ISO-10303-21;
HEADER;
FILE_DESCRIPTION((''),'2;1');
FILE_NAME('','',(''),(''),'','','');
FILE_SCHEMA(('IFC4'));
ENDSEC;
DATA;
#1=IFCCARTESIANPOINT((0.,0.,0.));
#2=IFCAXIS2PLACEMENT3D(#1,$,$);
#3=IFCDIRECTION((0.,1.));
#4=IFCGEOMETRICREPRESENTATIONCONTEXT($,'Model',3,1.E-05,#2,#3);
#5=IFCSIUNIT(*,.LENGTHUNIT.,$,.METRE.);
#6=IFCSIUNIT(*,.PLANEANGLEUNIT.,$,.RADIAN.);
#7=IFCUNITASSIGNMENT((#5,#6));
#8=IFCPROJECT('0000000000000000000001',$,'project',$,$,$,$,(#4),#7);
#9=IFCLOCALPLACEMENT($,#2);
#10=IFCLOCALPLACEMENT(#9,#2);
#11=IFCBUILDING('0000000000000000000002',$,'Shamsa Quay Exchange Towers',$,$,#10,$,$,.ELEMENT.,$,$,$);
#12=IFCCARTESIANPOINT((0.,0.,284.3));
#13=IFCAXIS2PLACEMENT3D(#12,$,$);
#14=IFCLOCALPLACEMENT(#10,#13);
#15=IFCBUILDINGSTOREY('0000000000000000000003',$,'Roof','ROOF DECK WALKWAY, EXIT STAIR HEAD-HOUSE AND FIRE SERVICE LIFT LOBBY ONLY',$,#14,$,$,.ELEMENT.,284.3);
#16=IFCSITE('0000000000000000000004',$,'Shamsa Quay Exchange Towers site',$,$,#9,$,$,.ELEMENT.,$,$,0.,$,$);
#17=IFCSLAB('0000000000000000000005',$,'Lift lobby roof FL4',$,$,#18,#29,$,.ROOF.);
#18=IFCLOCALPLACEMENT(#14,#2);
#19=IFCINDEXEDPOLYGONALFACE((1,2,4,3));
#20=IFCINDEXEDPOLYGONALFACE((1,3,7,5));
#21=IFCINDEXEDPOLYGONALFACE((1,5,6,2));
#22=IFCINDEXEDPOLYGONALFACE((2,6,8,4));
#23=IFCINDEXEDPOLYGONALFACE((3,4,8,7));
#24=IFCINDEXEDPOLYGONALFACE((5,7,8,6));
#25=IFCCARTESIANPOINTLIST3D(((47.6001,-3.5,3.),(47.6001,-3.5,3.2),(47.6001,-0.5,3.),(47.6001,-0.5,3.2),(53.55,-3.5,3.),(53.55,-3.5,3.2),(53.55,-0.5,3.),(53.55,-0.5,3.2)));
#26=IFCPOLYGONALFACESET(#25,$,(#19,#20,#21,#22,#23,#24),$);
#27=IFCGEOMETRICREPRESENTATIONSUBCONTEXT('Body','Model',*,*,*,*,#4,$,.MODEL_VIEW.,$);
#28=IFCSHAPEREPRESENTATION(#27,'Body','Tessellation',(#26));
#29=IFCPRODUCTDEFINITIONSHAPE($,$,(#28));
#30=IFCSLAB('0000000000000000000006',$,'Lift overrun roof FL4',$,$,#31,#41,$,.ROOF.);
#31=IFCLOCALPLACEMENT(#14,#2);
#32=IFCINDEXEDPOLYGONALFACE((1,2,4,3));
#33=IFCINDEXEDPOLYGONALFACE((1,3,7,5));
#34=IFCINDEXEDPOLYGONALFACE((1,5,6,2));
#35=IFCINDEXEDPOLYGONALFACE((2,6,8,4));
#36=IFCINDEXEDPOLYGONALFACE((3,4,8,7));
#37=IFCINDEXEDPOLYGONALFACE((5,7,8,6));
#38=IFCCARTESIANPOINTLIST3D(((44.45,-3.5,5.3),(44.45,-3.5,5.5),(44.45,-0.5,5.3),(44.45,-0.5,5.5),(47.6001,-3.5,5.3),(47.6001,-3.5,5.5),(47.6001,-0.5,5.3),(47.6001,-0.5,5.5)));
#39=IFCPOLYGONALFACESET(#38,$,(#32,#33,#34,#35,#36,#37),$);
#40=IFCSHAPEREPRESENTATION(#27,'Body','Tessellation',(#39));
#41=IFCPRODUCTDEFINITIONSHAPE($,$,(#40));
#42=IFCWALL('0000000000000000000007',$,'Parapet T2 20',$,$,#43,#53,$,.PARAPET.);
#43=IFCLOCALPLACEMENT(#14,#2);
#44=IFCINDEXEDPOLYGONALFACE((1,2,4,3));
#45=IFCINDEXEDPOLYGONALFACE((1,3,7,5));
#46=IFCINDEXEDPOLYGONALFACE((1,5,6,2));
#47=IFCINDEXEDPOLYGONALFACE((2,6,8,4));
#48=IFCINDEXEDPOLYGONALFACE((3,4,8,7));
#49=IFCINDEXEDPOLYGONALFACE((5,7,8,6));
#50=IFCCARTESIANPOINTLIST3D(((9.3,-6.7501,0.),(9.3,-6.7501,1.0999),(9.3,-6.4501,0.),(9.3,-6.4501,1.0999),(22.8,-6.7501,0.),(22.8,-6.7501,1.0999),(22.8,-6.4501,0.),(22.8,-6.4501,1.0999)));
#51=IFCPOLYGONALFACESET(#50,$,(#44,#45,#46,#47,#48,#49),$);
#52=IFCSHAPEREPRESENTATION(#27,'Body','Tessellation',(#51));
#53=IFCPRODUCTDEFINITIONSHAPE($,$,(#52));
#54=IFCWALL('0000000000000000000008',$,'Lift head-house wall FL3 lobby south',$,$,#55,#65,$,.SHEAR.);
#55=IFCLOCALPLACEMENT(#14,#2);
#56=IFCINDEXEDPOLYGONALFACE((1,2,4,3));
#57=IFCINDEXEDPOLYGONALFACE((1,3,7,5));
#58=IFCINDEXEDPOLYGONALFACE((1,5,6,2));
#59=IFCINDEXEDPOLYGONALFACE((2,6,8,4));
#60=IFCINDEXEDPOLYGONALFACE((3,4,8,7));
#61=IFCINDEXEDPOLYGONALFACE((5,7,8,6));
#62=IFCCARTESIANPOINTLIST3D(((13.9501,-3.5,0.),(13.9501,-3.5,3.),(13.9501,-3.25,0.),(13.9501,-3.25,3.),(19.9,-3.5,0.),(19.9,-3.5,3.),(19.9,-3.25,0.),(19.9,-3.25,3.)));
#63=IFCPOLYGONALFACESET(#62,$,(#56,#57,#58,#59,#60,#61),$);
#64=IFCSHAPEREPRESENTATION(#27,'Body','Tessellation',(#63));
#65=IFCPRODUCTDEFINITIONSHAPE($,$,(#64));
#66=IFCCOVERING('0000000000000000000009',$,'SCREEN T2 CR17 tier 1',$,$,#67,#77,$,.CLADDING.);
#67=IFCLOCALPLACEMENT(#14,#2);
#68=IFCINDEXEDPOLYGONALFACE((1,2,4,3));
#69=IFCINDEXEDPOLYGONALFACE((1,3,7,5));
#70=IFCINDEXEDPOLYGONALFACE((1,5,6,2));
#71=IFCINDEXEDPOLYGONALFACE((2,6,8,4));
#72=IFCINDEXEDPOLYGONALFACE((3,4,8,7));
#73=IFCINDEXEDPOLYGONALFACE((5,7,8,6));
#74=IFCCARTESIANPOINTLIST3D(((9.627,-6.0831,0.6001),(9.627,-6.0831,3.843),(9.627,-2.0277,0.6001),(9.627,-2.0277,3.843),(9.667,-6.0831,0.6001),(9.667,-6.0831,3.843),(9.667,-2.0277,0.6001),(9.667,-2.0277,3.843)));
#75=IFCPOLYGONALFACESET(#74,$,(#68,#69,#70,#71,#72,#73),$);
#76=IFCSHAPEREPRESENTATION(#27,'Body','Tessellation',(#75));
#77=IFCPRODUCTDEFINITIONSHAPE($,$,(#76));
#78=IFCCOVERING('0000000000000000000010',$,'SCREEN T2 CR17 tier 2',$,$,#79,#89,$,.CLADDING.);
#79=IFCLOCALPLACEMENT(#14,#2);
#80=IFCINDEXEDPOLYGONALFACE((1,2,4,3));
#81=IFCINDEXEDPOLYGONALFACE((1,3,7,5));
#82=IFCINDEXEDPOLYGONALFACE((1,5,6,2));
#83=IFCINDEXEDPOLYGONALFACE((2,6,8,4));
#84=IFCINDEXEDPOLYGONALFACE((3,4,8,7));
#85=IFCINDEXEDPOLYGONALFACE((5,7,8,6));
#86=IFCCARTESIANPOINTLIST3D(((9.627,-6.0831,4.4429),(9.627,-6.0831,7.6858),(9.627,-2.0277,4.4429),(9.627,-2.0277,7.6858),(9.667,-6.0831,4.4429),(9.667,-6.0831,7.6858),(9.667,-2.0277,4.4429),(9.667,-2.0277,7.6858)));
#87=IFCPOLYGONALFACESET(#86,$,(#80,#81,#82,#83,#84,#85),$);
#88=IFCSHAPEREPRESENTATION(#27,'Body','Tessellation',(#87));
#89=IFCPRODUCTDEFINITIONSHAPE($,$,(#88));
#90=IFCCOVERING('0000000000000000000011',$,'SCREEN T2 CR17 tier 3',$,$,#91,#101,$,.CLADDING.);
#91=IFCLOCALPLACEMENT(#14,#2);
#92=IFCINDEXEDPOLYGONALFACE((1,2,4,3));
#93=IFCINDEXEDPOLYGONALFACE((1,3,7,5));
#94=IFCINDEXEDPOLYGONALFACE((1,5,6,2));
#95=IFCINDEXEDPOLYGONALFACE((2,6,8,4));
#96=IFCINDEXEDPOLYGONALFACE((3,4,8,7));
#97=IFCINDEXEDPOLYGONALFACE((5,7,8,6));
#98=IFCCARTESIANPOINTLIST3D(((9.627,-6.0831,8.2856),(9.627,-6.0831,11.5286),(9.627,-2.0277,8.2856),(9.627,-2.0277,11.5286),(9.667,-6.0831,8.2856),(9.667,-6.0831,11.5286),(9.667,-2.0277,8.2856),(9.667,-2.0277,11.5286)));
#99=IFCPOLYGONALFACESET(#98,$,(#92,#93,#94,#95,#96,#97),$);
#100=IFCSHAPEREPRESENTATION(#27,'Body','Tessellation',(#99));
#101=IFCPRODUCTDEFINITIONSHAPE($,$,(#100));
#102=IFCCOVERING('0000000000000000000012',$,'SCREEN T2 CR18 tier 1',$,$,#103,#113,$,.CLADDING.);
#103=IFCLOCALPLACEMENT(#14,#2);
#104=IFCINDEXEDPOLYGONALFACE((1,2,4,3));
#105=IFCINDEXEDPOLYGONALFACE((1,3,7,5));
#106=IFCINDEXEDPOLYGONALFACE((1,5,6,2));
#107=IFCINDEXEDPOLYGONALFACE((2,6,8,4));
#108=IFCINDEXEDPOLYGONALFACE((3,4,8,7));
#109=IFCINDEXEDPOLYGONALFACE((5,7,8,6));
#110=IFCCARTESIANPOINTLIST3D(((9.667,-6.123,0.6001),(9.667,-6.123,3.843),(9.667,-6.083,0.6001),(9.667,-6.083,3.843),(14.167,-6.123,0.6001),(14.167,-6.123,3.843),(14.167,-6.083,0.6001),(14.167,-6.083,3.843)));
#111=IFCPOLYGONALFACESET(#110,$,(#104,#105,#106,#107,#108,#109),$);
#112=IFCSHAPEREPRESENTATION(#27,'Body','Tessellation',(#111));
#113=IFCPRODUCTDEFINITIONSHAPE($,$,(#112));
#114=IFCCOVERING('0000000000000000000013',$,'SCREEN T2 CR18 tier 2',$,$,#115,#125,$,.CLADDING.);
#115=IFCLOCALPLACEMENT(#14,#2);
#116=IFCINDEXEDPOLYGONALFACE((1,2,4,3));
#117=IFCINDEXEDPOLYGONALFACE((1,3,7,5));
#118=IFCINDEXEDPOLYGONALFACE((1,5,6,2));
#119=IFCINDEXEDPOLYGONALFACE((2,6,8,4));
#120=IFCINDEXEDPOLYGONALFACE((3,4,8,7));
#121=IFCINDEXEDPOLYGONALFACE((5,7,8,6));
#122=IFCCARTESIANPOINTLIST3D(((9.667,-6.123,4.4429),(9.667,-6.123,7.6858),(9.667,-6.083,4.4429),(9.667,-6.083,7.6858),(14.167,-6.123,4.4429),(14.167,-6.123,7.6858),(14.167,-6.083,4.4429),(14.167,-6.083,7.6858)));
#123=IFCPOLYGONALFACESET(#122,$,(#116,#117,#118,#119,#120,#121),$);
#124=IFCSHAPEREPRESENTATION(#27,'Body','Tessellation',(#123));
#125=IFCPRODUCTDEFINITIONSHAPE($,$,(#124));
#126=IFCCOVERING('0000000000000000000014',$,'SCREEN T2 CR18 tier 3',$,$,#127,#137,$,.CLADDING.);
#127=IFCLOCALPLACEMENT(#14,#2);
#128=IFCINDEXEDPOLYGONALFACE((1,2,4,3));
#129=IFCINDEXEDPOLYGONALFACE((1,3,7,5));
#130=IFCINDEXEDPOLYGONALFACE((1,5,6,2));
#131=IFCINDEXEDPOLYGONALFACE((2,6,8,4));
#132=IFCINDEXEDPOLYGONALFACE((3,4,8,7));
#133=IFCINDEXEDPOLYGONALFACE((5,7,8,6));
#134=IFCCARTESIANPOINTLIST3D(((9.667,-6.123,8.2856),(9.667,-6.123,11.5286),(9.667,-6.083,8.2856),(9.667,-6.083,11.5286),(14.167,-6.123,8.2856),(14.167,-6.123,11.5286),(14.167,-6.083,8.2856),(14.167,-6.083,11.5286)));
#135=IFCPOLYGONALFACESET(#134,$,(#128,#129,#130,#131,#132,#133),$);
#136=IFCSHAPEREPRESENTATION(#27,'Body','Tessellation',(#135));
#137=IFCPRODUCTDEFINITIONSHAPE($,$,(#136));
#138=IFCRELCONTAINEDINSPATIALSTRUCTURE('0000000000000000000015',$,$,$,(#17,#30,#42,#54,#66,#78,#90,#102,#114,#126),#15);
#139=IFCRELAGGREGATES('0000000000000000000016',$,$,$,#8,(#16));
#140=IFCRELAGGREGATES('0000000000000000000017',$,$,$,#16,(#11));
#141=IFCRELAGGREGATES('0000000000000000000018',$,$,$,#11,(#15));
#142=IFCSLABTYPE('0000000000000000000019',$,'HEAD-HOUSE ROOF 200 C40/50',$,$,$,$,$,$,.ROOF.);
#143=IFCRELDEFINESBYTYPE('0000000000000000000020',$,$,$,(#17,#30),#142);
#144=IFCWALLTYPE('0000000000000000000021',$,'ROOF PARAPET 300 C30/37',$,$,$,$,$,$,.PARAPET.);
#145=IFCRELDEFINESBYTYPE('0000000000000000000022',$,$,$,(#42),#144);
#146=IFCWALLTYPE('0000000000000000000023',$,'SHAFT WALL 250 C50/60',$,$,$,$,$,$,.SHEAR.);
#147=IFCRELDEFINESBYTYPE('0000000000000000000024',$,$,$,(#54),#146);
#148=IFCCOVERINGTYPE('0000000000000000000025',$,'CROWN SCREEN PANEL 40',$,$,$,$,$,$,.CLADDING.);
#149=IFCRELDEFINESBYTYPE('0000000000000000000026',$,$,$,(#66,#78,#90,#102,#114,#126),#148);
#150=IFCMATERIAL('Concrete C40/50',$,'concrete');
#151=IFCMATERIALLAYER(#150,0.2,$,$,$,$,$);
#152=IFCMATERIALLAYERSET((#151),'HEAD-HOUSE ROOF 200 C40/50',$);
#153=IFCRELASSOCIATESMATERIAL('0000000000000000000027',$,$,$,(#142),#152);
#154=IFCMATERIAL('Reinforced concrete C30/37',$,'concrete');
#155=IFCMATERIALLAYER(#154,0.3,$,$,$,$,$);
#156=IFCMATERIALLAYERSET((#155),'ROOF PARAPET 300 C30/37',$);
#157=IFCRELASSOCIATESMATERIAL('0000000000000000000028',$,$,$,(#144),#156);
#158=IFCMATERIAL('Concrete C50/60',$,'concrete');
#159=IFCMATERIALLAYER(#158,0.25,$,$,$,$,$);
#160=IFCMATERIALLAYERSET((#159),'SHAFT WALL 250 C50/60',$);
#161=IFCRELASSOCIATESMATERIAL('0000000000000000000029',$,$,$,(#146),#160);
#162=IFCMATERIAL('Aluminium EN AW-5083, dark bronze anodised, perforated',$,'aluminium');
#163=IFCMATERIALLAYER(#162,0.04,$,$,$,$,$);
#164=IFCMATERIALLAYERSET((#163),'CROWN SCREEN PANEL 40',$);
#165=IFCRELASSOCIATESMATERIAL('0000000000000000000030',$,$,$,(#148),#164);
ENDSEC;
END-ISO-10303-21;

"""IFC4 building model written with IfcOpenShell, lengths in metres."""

from ifc_helpers import new_model, si_unit, direction, frame, frame_2d, origin, origin_2d, place, context, subcontext, project, spatial, polyline, rectangle, outline, extrude, material, layer, layer_set, type_object, element, save


model = new_model("IFC4")

# Units and contexts
model_context = context("Model", 3, precision=1e-05, world=origin(), true_north=direction((0.0, 1.0)))
body_context = subcontext(model_context, "Body", "Model", "MODEL_VIEW")
ifc_project = project(units=[si_unit("LENGTHUNIT", "METRE"), si_unit("PLANEANGLEUNIT", "RADIAN")], contexts=[model_context])

# Site, building, storey
site_placement = place(None, origin())
site = spatial("IfcSite", under=ifc_project, at=site_placement, Name="Shamsa Quay Exchange Towers site", CompositionType="ELEMENT", RefElevation=0.0)
building_placement = place(site_placement, origin())
building = spatial("IfcBuilding", under=site, at=building_placement, Name="Shamsa Quay Exchange Towers", CompositionType="ELEMENT")
storey_placement = place(building_placement, frame((0.0, 0.0, 284.3)))
storey = spatial("IfcBuildingStorey", under=building, at=storey_placement, Name="Roof", Description="ROOF DECK WALKWAY, EXIT STAIR HEAD-HOUSE AND FIRE SERVICE LIFT LOBBY ONLY", CompositionType="ELEMENT", Elevation=284.3)

# Slabs
ifc_material_1 = material(Name="Concrete C40/50", Category="concrete")
ifc_layer_1 = layer(ifc_material_1, 0.2)
ifc_layer_set_1 = layer_set([ifc_layer_1], Name="HEAD-HOUSE ROOF 200 C40/50")
slab_type = type_object("IfcSlabType", Name="HEAD-HOUSE ROOF 200 C40/50", PredefinedType="ROOF", material=ifc_layer_set_1)
slab_1_placement = place(storey_placement, frame((0.0, 0.0, 3.0)))
element("IfcSlab", 1, at=slab_1_placement, inside=storey, type_object=slab_type, Name="Lift lobby roof FL4", PredefinedType="ROOF", context=body_context, shape_type="SweptSolid", body=[
    extrude(outline(polyline([(53.55, -3.5), (53.55, -0.5), (47.6001, -0.5), (47.6001, -3.5), (53.55, -3.5)])), origin(), (0.0, 0.0, 1.0), 0.2),
])
slab_2_placement = place(storey_placement, frame((0.0, 0.0, 5.3)))
element("IfcSlab", 2, at=slab_2_placement, inside=storey, type_object=slab_type, Name="Lift overrun roof FL4", PredefinedType="ROOF", context=body_context, shape_type="SweptSolid", body=[
    extrude(outline(polyline([(47.6001, -3.5), (47.6001, -0.5), (44.45, -0.5), (44.45, -3.5), (47.6001, -3.5)])), origin(), (0.0, 0.0, 1.0), 0.2),
])

# Walls
ifc_material_2 = material(Name="Reinforced concrete C30/37", Category="concrete")
ifc_layer_2 = layer(ifc_material_2, 0.3)
ifc_layer_set_2 = layer_set([ifc_layer_2], Name="ROOF PARAPET 300 C30/37")
wall_type_1 = type_object("IfcWallType", Name="ROOF PARAPET 300 C30/37", PredefinedType="PARAPET", material=ifc_layer_set_2)
wall_1_placement = place(storey_placement, frame((9.3, -6.6001, 0.0)))
element("IfcWall", 3, at=wall_1_placement, inside=storey, type_object=wall_type_1, Name="Parapet T2 20", PredefinedType="PARAPET", context=body_context, shape_type="SweptSolid", body=[
    extrude(rectangle(XDim=13.5, YDim=0.3, at=frame_2d((6.75, 0.0))), origin(), (0.0, 0.0, 1.0), 1.0999),
])
ifc_material_3 = material(Name="Concrete C50/60", Category="concrete")
ifc_layer_3 = layer(ifc_material_3, 0.25)
ifc_layer_set_3 = layer_set([ifc_layer_3], Name="SHAFT WALL 250 C50/60")
wall_type_2 = type_object("IfcWallType", Name="SHAFT WALL 250 C50/60", PredefinedType="SHEAR", material=ifc_layer_set_3)
wall_2_placement = place(storey_placement, frame((13.95, -3.375, 0.0)))
element("IfcWall", 4, at=wall_2_placement, inside=storey, type_object=wall_type_2, Name="Lift head-house wall FL3 lobby south", PredefinedType="SHEAR", context=body_context, shape_type="SweptSolid", body=[
    extrude(rectangle(XDim=5.95, YDim=0.25, at=frame_2d((2.9751, 0.0))), origin(), (0.0, 0.0, 1.0), 3.0),
])

# Coverings
ifc_material_4 = material(Name="Aluminium EN AW-5083, dark bronze anodised, perforated", Category="aluminium")
ifc_layer_4 = layer(ifc_material_4, 0.04)
ifc_layer_set_4 = layer_set([ifc_layer_4], Name="CROWN SCREEN PANEL 40")
covering_type = type_object("IfcCoveringType", Name="CROWN SCREEN PANEL 40", PredefinedType="CLADDING", material=ifc_layer_set_4)
for number, where, z_axis, x_axis, name in (
    (5, (9.647, -4.0554, 0.6001), (0.0, 0.0, 1.0), (0.0, -1.0, 0.0), "SCREEN T2 CR17 tier 1"),
    (6, (9.647, -4.0554, 4.4429), (0.0, 0.0, 1.0), (0.0, -1.0, 0.0), "SCREEN T2 CR17 tier 2"),
    (7, (9.647, -4.0554, 8.2856), (0.0, 0.0, 1.0), (0.0, -1.0, 0.0), "SCREEN T2 CR17 tier 3"),
):
    element("IfcCovering", number, at=place(storey_placement, frame(where, z_axis=z_axis, x_axis=x_axis)), inside=storey, type_object=covering_type, Name=name, PredefinedType="CLADDING", context=body_context, shape_type="SweptSolid", body=[
        extrude(rectangle(XDim=4.0554, YDim=0.04, at=origin_2d()), origin(), (0.0, 0.0, 1.0), 3.2429),
    ])
for number, where, name in (
    (8, (11.917, -6.103, 0.6001), "SCREEN T2 CR18 tier 1"),
    (9, (11.917, -6.103, 4.4429), "SCREEN T2 CR18 tier 2"),
    (10, (11.917, -6.103, 8.2856), "SCREEN T2 CR18 tier 3"),
):
    element("IfcCovering", number, at=place(storey_placement, frame(where)), inside=storey, type_object=covering_type, Name=name, PredefinedType="CLADDING", context=body_context, shape_type="SweptSolid", body=[
        extrude(rectangle(XDim=4.5, YDim=0.04, at=origin_2d()), origin(), (0.0, 0.0, 1.0), 3.2429),
    ])

save(model, "model.ifc")
